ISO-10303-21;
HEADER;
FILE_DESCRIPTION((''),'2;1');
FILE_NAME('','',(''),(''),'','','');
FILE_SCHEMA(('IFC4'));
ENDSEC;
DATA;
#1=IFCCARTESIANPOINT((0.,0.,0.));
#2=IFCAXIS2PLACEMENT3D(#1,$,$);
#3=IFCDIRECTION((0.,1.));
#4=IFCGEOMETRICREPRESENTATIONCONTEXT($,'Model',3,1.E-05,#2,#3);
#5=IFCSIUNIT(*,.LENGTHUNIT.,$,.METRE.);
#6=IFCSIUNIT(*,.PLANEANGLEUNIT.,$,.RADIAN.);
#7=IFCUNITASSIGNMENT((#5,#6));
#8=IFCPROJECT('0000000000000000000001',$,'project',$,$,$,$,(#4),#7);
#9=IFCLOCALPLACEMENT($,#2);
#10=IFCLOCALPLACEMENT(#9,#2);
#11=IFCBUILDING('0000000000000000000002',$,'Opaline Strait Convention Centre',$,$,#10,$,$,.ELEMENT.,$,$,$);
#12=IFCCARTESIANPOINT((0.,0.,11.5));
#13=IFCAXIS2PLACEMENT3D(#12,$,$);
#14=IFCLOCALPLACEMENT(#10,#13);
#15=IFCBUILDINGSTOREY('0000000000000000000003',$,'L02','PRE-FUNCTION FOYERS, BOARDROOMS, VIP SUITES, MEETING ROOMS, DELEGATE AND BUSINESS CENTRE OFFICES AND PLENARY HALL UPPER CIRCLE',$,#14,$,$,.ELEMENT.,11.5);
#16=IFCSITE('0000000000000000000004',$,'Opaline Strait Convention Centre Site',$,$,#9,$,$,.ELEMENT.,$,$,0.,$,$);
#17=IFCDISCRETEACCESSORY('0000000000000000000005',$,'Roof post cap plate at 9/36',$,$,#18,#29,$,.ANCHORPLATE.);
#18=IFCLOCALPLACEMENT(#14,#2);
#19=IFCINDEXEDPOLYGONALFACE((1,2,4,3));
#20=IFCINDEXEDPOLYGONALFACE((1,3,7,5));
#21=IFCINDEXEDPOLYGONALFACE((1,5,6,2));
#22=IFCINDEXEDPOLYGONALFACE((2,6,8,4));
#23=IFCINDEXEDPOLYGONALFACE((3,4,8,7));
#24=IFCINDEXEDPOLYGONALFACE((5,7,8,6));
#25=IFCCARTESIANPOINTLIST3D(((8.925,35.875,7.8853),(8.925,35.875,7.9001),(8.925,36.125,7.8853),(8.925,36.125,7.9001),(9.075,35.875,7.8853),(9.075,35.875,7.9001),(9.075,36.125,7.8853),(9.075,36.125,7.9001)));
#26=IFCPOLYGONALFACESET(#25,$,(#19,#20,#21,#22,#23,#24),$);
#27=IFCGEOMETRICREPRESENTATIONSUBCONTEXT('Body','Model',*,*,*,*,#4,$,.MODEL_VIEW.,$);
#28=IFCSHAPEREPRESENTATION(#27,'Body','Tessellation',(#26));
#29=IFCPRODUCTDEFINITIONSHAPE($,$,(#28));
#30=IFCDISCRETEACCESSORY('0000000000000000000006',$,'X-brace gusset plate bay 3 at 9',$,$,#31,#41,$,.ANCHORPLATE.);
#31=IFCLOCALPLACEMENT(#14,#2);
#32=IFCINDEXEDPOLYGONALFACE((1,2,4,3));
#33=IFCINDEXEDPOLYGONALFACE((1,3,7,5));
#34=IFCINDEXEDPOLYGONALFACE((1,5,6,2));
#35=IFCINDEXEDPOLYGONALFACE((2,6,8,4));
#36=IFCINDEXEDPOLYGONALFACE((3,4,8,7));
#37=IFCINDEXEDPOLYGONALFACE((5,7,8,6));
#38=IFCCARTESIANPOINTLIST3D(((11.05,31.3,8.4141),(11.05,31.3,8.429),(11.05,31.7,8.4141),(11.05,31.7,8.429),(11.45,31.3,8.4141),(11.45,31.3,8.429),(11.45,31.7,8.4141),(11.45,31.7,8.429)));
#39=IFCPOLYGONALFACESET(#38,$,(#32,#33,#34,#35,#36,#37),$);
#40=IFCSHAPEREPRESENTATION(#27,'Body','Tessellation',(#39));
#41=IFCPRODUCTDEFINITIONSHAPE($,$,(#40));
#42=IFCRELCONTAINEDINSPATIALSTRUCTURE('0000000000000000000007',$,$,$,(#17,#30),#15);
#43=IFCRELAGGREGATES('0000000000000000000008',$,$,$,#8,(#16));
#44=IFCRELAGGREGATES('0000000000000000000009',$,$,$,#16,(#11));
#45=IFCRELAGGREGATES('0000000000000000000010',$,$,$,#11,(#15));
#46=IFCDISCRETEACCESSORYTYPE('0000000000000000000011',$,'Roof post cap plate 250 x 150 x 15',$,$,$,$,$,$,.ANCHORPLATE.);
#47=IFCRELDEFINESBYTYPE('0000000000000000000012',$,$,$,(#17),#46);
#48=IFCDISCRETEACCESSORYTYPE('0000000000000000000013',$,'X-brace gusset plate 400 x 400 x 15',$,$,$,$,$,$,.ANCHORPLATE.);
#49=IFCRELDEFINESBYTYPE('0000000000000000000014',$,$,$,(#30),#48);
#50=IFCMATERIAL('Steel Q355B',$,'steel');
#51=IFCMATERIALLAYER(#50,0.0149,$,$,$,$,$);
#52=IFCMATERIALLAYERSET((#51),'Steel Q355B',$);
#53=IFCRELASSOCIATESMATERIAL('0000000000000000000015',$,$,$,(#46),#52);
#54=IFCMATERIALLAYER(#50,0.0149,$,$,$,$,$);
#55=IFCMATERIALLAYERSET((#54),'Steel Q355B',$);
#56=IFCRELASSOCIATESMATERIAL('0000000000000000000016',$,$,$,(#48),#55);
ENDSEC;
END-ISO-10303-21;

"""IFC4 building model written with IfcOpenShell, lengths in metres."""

from ifc_helpers import new_model, si_unit, direction, frame, origin, origin_2d, place, context, subcontext, project, spatial, rectangle, extrude, material, layer, layer_set, type_object, element, save


model = new_model("IFC4")

# Units and contexts
model_context = context("Model", 3, precision=1e-05, world=origin(), true_north=direction((0.0, 1.0)))
body_context = subcontext(model_context, "Body", "Model", "MODEL_VIEW")
ifc_project = project(units=[si_unit("LENGTHUNIT", "METRE"), si_unit("PLANEANGLEUNIT", "RADIAN")], contexts=[model_context])

# Site, building, storey
site_placement = place(None, origin())
site = spatial("IfcSite", under=ifc_project, at=site_placement, Name="Opaline Strait Convention Centre Site", CompositionType="ELEMENT", RefElevation=0.0)
building_placement = place(site_placement, origin())
building = spatial("IfcBuilding", under=site, at=building_placement, Name="Opaline Strait Convention Centre", CompositionType="ELEMENT")
storey_placement = place(building_placement, frame((0.0, 0.0, 11.5)))
storey = spatial("IfcBuildingStorey", under=building, at=storey_placement, Name="L02", Description="PRE-FUNCTION FOYERS, BOARDROOMS, VIP SUITES, MEETING ROOMS, DELEGATE AND BUSINESS CENTRE OFFICES AND PLENARY HALL UPPER CIRCLE", CompositionType="ELEMENT", Elevation=11.5)

# Shared definitions
ifc_material_1 = material(Name="Steel Q355B", Category="steel")

# Discrete accessories
ifc_layer_1 = layer(ifc_material_1, 0.0149)
ifc_layer_set_1 = layer_set([ifc_layer_1], Name="Steel Q355B")
discrete_accessory_type_1 = type_object("IfcDiscreteAccessoryType", Name="Roof post cap plate 250 x 150 x 15", PredefinedType="ANCHORPLATE", material=ifc_layer_set_1)
discrete_accessory_1_placement = place(storey_placement, frame((9.0, 36.0, 7.8853), z_axis=(0.0, 0.0, 1.0), x_axis=(1.0, 0.0, 0.0)))
element("IfcDiscreteAccessory", 1, at=discrete_accessory_1_placement, inside=storey, type_object=discrete_accessory_type_1, Name="Roof post cap plate at 9/36", PredefinedType="ANCHORPLATE", context=body_context, shape_type="SweptSolid", body=[
    extrude(rectangle(XDim=0.1499, YDim=0.25, at=origin_2d()), origin(), (0.0, 0.0, 1.0), 0.0149),
])
ifc_layer_2 = layer(ifc_material_1, 0.0149)
ifc_layer_set_2 = layer_set([ifc_layer_2], Name="Steel Q355B")
discrete_accessory_type_2 = type_object("IfcDiscreteAccessoryType", Name="X-brace gusset plate 400 x 400 x 15", PredefinedType="ANCHORPLATE", material=ifc_layer_set_2)
discrete_accessory_2_placement = place(storey_placement, frame((11.25, 31.5, 8.4141), z_axis=(0.0, 0.0, 1.0), x_axis=(1.0, 0.0, 0.0)))
element("IfcDiscreteAccessory", 2, at=discrete_accessory_2_placement, inside=storey, type_object=discrete_accessory_type_2, Name="X-brace gusset plate bay 3 at 9", PredefinedType="ANCHORPLATE", context=body_context, shape_type="SweptSolid", body=[
    extrude(rectangle(XDim=0.3999, YDim=0.3999, at=origin_2d()), origin(), (0.0, 0.0, 1.0), 0.0149),
])

save(model, "model.ifc")
